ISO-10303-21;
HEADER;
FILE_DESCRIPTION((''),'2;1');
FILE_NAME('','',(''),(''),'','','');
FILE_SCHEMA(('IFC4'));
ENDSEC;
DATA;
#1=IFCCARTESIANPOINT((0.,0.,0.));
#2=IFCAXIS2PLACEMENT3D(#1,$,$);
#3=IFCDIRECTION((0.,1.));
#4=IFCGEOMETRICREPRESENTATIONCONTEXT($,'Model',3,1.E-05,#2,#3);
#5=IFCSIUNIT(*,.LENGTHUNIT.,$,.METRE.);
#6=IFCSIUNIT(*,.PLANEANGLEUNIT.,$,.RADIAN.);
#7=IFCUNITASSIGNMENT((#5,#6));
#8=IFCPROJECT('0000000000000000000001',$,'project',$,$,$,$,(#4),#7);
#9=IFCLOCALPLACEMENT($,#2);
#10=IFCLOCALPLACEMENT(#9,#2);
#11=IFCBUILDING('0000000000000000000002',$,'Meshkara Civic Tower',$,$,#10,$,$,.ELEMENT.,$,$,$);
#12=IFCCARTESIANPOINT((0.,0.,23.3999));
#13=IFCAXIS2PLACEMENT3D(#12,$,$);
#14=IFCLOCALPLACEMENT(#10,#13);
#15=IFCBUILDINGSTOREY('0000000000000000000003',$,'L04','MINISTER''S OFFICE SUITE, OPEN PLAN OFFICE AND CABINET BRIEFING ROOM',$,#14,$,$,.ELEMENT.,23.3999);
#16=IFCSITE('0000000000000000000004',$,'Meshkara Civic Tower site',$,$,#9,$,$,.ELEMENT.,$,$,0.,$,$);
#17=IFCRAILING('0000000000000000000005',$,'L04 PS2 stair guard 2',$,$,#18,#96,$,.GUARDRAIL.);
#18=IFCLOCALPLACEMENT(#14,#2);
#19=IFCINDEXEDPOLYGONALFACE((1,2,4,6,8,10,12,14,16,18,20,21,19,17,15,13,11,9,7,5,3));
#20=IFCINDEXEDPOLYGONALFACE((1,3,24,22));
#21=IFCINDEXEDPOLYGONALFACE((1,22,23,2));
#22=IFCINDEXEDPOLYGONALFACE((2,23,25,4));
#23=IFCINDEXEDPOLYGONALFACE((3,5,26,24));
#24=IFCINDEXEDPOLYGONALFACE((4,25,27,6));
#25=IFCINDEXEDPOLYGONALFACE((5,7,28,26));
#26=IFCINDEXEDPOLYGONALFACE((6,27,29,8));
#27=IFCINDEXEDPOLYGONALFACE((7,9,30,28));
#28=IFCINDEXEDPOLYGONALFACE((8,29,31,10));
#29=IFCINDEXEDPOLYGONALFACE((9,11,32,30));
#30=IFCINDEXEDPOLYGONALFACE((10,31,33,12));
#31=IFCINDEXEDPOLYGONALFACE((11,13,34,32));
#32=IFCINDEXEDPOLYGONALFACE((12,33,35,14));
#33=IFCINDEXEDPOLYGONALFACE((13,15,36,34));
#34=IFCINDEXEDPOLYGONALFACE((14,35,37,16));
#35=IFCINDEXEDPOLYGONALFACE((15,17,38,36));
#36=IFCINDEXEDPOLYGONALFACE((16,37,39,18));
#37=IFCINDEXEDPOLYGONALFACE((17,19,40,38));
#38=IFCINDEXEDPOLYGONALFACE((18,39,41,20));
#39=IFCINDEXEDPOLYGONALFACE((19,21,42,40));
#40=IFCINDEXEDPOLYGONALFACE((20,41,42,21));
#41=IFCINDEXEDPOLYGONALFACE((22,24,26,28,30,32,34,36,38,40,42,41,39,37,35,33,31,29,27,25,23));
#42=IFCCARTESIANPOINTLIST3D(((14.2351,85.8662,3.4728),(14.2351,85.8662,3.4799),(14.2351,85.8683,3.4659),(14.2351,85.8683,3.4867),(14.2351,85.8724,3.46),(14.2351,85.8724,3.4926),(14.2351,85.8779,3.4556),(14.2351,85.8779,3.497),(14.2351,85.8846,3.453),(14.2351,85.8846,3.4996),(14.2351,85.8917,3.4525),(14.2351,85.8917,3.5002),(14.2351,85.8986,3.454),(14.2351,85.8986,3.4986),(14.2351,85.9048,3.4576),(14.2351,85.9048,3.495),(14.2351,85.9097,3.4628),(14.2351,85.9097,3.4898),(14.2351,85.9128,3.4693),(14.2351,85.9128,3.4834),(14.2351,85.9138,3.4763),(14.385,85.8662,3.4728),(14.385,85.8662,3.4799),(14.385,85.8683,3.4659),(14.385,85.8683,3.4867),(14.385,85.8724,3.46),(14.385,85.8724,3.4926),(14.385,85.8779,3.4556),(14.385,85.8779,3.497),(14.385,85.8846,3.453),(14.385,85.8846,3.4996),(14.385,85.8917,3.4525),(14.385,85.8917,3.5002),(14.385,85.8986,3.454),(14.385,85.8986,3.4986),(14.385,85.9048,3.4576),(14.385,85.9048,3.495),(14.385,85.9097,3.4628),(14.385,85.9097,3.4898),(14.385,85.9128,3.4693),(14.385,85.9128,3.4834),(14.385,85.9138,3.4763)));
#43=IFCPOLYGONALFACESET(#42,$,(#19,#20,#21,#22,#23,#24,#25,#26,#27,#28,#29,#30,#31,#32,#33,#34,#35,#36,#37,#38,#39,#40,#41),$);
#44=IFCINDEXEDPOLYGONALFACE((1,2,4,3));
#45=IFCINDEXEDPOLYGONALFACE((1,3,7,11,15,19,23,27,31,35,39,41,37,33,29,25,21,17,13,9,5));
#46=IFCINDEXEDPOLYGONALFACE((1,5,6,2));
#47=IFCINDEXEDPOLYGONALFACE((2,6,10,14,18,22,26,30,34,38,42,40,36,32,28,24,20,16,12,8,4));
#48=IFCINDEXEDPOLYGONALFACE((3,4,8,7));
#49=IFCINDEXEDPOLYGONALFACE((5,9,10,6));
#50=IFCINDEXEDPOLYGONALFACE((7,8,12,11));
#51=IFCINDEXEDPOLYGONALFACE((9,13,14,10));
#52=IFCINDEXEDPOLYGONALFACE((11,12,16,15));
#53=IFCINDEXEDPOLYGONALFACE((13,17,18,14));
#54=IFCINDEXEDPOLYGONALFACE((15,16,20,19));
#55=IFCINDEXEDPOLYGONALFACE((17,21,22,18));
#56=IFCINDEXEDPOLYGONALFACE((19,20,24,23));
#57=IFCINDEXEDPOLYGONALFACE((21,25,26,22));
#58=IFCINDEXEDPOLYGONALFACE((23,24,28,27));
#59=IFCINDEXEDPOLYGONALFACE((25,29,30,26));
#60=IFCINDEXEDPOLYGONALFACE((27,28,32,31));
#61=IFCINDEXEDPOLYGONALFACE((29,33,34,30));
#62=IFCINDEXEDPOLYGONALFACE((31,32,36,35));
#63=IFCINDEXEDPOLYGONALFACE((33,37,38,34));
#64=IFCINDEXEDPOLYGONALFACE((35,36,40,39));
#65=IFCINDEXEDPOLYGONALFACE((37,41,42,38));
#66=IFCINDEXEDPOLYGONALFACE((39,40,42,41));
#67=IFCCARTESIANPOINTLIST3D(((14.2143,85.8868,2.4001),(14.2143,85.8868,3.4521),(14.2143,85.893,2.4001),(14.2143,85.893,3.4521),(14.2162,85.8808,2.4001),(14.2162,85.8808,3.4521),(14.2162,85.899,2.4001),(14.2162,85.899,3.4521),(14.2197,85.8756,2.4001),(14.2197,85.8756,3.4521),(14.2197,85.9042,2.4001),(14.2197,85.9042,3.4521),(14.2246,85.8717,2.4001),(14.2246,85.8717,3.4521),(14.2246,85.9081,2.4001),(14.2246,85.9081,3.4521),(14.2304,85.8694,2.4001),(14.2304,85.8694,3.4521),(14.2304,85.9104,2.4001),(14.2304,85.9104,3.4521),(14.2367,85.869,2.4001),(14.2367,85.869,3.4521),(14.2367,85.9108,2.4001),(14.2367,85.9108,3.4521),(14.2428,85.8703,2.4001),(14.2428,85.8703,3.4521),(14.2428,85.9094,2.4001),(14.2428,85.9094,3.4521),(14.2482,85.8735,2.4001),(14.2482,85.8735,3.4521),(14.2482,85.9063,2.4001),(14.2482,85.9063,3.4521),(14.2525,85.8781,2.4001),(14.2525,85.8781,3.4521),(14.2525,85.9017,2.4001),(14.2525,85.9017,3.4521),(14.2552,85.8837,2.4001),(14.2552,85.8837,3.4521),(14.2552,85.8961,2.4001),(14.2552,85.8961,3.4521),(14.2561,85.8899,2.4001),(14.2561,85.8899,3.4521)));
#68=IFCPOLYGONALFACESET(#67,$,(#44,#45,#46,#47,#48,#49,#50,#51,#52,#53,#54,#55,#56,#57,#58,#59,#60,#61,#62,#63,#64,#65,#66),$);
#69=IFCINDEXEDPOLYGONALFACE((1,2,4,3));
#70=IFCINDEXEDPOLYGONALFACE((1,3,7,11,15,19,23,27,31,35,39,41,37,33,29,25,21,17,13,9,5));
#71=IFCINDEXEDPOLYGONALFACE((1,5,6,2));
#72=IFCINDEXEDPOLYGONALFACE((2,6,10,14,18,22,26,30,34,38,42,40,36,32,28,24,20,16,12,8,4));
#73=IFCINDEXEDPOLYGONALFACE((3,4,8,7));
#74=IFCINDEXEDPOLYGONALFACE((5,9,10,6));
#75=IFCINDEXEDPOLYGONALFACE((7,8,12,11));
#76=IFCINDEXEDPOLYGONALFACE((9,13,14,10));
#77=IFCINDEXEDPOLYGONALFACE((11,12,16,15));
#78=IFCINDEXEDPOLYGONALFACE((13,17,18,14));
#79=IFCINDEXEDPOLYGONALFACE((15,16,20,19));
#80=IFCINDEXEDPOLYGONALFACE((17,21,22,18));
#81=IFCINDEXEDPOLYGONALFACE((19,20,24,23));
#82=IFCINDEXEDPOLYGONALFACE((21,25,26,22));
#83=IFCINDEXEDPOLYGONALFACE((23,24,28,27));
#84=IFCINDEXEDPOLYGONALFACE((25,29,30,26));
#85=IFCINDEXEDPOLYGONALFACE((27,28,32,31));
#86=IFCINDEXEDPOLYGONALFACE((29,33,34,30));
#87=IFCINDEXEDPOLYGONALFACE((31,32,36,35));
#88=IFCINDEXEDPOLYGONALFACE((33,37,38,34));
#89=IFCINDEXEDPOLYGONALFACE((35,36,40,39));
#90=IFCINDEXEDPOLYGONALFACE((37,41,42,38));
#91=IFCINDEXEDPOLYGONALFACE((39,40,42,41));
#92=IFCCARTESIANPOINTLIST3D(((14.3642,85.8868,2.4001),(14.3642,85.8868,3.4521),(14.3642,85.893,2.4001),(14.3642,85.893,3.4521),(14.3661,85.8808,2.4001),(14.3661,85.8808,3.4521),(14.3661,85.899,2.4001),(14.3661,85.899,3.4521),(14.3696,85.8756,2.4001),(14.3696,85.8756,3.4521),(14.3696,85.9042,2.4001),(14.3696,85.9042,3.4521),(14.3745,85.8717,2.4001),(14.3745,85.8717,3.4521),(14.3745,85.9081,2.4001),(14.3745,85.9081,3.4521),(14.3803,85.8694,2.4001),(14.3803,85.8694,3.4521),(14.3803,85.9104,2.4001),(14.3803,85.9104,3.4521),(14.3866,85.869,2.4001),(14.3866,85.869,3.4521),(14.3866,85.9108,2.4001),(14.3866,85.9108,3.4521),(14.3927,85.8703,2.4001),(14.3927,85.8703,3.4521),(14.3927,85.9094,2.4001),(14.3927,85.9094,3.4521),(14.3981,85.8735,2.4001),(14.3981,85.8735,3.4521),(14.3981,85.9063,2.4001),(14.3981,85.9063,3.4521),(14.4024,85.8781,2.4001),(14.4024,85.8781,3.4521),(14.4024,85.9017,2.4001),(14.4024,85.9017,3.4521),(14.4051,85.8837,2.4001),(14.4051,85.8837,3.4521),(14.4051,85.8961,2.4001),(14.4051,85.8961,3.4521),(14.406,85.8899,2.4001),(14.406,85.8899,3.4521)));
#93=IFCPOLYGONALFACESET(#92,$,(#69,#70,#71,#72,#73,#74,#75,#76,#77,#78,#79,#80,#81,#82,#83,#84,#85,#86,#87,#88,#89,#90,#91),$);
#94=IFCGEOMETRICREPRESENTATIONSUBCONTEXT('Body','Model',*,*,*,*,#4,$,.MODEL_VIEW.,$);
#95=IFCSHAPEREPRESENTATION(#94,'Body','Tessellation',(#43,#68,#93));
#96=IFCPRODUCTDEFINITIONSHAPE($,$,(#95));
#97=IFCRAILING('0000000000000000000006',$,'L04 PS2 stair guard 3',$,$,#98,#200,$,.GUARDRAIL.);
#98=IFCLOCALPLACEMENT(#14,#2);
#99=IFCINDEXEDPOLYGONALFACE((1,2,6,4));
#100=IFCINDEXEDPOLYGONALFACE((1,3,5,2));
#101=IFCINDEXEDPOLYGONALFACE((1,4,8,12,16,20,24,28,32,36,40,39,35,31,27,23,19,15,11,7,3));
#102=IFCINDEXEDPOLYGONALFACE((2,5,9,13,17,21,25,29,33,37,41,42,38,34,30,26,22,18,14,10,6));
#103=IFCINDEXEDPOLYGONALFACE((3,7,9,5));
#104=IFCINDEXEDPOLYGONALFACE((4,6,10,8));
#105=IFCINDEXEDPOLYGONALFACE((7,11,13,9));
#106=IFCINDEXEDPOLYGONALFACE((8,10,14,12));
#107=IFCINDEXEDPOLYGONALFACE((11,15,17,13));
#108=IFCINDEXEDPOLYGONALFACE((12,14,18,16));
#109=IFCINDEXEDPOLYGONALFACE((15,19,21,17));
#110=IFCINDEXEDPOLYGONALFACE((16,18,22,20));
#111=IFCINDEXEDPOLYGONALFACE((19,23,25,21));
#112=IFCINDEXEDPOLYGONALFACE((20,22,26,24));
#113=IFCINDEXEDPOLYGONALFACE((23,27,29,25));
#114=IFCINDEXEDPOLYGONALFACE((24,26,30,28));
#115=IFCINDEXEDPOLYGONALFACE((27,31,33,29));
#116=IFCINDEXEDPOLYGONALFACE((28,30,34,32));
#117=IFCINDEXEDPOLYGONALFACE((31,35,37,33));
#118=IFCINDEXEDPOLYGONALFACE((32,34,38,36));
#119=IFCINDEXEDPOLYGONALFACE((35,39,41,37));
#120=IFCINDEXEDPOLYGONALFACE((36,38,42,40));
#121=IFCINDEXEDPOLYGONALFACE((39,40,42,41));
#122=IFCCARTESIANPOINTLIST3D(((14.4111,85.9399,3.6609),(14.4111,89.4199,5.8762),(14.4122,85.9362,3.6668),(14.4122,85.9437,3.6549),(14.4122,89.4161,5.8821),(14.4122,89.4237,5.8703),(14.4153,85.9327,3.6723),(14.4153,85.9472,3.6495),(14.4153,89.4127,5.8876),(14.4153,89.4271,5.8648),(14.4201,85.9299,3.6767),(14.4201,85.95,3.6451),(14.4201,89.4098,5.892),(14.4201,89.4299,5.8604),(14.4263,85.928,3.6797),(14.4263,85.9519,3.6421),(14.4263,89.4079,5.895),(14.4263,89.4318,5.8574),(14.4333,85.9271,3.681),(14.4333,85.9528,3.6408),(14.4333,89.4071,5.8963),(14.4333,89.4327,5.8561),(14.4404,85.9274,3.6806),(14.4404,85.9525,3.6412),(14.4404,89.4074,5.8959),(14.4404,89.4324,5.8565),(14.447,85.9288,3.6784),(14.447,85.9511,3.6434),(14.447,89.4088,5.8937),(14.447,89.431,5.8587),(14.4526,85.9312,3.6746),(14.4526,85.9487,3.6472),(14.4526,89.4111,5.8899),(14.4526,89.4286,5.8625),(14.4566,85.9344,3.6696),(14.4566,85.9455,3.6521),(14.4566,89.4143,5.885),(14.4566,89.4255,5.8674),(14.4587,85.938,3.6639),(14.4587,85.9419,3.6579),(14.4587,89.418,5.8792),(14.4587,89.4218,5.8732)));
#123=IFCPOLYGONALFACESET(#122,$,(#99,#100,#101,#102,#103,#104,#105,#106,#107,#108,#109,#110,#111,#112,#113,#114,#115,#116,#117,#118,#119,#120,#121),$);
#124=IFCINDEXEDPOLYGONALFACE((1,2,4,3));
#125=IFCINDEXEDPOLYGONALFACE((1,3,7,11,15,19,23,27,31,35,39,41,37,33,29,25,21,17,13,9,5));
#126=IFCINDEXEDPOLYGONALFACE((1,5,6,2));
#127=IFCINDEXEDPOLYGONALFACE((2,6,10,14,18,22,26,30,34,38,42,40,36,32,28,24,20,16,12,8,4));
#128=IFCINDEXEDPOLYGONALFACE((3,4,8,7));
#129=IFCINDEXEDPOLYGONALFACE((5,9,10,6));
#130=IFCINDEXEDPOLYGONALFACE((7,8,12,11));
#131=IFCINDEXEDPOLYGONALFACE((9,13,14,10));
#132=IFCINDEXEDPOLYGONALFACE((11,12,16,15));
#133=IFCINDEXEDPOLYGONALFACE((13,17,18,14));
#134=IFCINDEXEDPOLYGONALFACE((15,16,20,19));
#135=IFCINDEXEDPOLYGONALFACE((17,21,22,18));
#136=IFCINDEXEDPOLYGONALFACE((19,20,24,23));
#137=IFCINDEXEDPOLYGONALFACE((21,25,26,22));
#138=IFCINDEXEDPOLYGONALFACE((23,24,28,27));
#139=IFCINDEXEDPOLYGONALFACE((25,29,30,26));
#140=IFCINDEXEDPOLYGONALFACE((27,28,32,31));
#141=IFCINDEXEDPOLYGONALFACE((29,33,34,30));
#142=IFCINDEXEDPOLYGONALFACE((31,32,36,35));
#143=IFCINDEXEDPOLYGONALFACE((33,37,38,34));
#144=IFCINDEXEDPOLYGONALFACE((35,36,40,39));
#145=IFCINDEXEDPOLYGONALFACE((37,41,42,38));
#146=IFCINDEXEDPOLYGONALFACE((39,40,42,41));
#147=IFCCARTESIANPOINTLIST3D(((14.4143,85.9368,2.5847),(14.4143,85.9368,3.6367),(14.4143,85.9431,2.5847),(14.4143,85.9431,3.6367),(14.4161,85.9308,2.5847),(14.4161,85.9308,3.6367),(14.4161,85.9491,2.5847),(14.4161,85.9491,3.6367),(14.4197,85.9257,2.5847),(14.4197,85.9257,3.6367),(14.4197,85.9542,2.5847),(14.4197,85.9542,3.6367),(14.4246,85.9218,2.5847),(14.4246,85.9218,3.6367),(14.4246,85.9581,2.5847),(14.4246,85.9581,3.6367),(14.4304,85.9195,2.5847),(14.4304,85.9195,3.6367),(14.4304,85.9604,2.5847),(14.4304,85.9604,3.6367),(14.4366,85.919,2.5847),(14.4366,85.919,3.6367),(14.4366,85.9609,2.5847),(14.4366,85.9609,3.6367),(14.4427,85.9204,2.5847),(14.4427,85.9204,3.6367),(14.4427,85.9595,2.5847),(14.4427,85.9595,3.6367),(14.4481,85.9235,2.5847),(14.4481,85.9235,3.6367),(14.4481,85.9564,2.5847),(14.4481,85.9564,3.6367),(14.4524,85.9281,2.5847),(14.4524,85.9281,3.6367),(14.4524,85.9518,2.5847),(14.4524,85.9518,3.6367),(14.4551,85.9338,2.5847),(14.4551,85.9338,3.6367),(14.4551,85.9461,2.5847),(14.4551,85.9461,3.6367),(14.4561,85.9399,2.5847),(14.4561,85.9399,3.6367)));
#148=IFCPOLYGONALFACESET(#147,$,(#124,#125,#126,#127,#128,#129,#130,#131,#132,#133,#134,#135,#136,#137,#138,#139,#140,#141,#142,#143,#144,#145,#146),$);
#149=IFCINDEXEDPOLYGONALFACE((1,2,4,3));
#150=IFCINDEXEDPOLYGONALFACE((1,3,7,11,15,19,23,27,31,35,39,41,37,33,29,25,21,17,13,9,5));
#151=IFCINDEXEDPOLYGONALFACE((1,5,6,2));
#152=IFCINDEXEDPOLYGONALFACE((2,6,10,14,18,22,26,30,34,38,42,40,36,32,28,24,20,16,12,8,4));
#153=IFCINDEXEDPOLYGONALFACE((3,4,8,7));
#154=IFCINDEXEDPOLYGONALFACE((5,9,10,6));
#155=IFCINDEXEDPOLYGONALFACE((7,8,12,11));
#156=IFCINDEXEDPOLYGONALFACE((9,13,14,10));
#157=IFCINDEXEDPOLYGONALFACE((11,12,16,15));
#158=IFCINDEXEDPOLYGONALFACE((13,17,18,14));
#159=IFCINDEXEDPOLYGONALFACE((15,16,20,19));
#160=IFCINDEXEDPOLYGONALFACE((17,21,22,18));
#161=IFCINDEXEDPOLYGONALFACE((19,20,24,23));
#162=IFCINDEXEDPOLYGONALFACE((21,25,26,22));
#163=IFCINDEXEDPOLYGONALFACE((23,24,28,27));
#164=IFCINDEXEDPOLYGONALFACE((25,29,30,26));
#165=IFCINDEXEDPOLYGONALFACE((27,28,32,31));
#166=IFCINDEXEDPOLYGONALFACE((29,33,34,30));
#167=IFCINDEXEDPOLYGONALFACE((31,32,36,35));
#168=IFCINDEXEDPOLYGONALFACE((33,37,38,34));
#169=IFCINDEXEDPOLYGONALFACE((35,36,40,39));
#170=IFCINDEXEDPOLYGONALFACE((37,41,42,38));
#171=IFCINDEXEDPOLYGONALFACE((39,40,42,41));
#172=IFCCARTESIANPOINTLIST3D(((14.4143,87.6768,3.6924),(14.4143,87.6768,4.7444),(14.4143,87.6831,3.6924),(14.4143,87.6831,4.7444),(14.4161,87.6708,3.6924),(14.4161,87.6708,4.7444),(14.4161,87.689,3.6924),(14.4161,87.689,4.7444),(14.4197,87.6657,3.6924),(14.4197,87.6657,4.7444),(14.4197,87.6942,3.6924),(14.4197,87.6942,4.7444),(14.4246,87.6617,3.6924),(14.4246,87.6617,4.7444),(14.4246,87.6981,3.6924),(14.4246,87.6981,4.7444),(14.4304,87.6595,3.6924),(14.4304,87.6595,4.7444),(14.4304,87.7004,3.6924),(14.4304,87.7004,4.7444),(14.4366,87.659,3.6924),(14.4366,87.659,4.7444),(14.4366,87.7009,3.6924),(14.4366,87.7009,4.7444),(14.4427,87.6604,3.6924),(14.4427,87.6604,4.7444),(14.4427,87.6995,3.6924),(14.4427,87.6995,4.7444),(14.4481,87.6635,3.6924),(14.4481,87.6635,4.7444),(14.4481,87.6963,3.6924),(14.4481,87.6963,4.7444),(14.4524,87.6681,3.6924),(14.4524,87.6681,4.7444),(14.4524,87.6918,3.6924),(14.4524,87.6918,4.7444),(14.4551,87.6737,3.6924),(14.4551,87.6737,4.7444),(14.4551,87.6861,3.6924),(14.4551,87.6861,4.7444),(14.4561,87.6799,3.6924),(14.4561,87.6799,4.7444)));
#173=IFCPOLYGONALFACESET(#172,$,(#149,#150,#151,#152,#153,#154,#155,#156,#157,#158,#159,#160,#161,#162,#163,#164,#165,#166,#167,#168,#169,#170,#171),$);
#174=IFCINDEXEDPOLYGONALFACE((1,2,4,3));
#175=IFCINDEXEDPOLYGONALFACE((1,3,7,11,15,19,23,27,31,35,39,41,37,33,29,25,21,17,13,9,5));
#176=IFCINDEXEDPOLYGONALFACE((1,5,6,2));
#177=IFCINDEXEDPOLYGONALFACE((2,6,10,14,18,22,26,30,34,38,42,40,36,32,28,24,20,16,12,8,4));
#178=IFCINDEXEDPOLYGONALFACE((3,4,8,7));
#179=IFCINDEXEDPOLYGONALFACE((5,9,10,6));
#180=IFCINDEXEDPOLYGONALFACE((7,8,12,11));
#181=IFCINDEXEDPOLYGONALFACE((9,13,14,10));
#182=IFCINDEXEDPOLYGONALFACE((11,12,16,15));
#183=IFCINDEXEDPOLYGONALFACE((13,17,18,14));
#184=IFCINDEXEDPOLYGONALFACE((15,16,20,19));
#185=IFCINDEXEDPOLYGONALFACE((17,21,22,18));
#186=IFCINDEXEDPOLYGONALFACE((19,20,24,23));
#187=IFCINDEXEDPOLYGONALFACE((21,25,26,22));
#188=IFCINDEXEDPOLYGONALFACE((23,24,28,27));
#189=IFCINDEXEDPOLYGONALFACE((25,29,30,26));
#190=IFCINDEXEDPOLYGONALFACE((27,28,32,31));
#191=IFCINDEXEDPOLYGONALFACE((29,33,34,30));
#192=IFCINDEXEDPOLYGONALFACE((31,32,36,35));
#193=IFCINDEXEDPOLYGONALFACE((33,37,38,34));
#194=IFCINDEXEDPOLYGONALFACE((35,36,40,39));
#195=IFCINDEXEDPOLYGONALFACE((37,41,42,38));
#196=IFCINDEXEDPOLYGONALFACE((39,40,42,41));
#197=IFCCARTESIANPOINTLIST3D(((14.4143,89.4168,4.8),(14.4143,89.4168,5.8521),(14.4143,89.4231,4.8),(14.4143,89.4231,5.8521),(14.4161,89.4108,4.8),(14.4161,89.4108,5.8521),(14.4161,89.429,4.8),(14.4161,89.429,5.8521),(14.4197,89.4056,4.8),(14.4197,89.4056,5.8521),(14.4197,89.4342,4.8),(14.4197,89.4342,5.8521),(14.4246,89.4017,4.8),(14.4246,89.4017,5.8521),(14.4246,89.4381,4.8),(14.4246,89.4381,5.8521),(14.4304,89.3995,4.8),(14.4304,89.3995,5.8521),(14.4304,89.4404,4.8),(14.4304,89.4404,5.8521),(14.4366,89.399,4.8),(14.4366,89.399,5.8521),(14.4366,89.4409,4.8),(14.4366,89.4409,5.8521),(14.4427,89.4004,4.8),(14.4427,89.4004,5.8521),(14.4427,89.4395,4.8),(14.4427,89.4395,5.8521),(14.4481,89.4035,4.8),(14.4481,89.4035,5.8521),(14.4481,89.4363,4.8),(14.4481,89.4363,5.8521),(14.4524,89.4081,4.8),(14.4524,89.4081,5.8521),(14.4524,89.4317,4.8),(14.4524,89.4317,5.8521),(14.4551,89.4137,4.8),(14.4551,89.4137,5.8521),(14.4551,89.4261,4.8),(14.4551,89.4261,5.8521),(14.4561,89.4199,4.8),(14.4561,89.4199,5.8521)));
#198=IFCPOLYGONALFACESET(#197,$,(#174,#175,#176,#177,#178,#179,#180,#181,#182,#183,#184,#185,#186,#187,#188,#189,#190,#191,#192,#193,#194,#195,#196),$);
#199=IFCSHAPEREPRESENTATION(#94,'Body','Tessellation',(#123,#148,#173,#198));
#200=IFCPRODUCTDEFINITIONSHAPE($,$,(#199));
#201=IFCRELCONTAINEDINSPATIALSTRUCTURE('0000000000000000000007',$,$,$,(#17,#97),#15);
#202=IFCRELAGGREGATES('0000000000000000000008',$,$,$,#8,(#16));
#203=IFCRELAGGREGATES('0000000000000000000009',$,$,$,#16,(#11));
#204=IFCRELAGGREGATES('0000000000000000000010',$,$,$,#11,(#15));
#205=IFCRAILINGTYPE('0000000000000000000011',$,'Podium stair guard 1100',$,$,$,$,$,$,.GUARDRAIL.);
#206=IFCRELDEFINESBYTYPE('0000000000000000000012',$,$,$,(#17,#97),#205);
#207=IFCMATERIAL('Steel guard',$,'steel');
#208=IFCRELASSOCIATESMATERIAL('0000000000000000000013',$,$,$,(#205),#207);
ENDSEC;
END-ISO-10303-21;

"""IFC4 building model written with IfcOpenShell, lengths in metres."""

from ifc_helpers import new_model, si_unit, direction, frame, origin, origin_2d, place, context, subcontext, project, spatial, circle, extrude, material, type_object, element, save


model = new_model("IFC4")

# Units and contexts
model_context = context("Model", 3, precision=1e-05, world=origin(), true_north=direction((0.0, 1.0)))
body_context = subcontext(model_context, "Body", "Model", "MODEL_VIEW")
ifc_project = project(units=[si_unit("LENGTHUNIT", "METRE"), si_unit("PLANEANGLEUNIT", "RADIAN")], contexts=[model_context])

# Site, building, storey
site_placement = place(None, origin())
site = spatial("IfcSite", under=ifc_project, at=site_placement, Name="Meshkara Civic Tower site", CompositionType="ELEMENT", RefElevation=0.0)
building_placement = place(site_placement, origin())
building = spatial("IfcBuilding", under=site, at=building_placement, Name="Meshkara Civic Tower", CompositionType="ELEMENT")
storey_placement = place(building_placement, frame((0.0, 0.0, 23.3999)))
storey = spatial("IfcBuildingStorey", under=building, at=storey_placement, Name="L04", Description="MINISTER'S OFFICE SUITE, OPEN PLAN OFFICE AND CABINET BRIEFING ROOM", CompositionType="ELEMENT", Elevation=23.3999)

# Railings
ifc_material_1 = material(Name="Steel guard", Category="steel")
railing_type_1 = type_object("IfcRailingType", Name="Podium stair guard 1100", PredefinedType="GUARDRAIL", material=ifc_material_1)
railing_1_placement = place(storey_placement, frame((14.2351, 85.8899, 2.4001)))
element("IfcRailing", 1, at=railing_1_placement, inside=storey, type_object=railing_type_1, Name="L04 PS2 stair guard 2", PredefinedType="GUARDRAIL", context=body_context, shape_type="SweptSolid", body=[
    extrude(circle(Radius=0.0239, at=origin_2d()), frame((0.0, 0.0, 1.0762), z_axis=(1.0, 0.0, 0.0), x_axis=(0.0, 1.0, 0.0)), (0.0, 0.0, 1.0), 0.1499),
    extrude(circle(Radius=0.021, at=origin_2d()), origin(), (0.0, 0.0, 1.0), 1.052),
    extrude(circle(Radius=0.021, at=origin_2d()), frame((0.1499, 0.0, 0.0)), (0.0, 0.0, 1.0), 1.052),
])
railing_2_placement = place(storey_placement, frame((14.4351, 85.9399, 2.5847)))
element("IfcRailing", 2, at=railing_2_placement, inside=storey, type_object=railing_type_1, Name="L04 PS2 stair guard 3", PredefinedType="GUARDRAIL", context=body_context, shape_type="SweptSolid", body=[
    extrude(circle(Radius=0.0239, at=origin_2d()), frame((0.0, 0.0, 1.0762), z_axis=(0.0, 0.843574, 0.537013), x_axis=(-1.0, 0.0, 0.0)), (0.0, 0.0, 1.0), 4.1252),
    extrude(circle(Radius=0.021, at=origin_2d()), origin(), (0.0, 0.0, 1.0), 1.052),
    extrude(circle(Radius=0.021, at=origin_2d()), frame((0.0, 1.74, 1.1077)), (0.0, 0.0, 1.0), 1.052),
    extrude(circle(Radius=0.021, at=origin_2d()), frame((0.0, 3.48, 2.2153)), (0.0, 0.0, 1.0), 1.052),
])

save(model, "model.ifc")
